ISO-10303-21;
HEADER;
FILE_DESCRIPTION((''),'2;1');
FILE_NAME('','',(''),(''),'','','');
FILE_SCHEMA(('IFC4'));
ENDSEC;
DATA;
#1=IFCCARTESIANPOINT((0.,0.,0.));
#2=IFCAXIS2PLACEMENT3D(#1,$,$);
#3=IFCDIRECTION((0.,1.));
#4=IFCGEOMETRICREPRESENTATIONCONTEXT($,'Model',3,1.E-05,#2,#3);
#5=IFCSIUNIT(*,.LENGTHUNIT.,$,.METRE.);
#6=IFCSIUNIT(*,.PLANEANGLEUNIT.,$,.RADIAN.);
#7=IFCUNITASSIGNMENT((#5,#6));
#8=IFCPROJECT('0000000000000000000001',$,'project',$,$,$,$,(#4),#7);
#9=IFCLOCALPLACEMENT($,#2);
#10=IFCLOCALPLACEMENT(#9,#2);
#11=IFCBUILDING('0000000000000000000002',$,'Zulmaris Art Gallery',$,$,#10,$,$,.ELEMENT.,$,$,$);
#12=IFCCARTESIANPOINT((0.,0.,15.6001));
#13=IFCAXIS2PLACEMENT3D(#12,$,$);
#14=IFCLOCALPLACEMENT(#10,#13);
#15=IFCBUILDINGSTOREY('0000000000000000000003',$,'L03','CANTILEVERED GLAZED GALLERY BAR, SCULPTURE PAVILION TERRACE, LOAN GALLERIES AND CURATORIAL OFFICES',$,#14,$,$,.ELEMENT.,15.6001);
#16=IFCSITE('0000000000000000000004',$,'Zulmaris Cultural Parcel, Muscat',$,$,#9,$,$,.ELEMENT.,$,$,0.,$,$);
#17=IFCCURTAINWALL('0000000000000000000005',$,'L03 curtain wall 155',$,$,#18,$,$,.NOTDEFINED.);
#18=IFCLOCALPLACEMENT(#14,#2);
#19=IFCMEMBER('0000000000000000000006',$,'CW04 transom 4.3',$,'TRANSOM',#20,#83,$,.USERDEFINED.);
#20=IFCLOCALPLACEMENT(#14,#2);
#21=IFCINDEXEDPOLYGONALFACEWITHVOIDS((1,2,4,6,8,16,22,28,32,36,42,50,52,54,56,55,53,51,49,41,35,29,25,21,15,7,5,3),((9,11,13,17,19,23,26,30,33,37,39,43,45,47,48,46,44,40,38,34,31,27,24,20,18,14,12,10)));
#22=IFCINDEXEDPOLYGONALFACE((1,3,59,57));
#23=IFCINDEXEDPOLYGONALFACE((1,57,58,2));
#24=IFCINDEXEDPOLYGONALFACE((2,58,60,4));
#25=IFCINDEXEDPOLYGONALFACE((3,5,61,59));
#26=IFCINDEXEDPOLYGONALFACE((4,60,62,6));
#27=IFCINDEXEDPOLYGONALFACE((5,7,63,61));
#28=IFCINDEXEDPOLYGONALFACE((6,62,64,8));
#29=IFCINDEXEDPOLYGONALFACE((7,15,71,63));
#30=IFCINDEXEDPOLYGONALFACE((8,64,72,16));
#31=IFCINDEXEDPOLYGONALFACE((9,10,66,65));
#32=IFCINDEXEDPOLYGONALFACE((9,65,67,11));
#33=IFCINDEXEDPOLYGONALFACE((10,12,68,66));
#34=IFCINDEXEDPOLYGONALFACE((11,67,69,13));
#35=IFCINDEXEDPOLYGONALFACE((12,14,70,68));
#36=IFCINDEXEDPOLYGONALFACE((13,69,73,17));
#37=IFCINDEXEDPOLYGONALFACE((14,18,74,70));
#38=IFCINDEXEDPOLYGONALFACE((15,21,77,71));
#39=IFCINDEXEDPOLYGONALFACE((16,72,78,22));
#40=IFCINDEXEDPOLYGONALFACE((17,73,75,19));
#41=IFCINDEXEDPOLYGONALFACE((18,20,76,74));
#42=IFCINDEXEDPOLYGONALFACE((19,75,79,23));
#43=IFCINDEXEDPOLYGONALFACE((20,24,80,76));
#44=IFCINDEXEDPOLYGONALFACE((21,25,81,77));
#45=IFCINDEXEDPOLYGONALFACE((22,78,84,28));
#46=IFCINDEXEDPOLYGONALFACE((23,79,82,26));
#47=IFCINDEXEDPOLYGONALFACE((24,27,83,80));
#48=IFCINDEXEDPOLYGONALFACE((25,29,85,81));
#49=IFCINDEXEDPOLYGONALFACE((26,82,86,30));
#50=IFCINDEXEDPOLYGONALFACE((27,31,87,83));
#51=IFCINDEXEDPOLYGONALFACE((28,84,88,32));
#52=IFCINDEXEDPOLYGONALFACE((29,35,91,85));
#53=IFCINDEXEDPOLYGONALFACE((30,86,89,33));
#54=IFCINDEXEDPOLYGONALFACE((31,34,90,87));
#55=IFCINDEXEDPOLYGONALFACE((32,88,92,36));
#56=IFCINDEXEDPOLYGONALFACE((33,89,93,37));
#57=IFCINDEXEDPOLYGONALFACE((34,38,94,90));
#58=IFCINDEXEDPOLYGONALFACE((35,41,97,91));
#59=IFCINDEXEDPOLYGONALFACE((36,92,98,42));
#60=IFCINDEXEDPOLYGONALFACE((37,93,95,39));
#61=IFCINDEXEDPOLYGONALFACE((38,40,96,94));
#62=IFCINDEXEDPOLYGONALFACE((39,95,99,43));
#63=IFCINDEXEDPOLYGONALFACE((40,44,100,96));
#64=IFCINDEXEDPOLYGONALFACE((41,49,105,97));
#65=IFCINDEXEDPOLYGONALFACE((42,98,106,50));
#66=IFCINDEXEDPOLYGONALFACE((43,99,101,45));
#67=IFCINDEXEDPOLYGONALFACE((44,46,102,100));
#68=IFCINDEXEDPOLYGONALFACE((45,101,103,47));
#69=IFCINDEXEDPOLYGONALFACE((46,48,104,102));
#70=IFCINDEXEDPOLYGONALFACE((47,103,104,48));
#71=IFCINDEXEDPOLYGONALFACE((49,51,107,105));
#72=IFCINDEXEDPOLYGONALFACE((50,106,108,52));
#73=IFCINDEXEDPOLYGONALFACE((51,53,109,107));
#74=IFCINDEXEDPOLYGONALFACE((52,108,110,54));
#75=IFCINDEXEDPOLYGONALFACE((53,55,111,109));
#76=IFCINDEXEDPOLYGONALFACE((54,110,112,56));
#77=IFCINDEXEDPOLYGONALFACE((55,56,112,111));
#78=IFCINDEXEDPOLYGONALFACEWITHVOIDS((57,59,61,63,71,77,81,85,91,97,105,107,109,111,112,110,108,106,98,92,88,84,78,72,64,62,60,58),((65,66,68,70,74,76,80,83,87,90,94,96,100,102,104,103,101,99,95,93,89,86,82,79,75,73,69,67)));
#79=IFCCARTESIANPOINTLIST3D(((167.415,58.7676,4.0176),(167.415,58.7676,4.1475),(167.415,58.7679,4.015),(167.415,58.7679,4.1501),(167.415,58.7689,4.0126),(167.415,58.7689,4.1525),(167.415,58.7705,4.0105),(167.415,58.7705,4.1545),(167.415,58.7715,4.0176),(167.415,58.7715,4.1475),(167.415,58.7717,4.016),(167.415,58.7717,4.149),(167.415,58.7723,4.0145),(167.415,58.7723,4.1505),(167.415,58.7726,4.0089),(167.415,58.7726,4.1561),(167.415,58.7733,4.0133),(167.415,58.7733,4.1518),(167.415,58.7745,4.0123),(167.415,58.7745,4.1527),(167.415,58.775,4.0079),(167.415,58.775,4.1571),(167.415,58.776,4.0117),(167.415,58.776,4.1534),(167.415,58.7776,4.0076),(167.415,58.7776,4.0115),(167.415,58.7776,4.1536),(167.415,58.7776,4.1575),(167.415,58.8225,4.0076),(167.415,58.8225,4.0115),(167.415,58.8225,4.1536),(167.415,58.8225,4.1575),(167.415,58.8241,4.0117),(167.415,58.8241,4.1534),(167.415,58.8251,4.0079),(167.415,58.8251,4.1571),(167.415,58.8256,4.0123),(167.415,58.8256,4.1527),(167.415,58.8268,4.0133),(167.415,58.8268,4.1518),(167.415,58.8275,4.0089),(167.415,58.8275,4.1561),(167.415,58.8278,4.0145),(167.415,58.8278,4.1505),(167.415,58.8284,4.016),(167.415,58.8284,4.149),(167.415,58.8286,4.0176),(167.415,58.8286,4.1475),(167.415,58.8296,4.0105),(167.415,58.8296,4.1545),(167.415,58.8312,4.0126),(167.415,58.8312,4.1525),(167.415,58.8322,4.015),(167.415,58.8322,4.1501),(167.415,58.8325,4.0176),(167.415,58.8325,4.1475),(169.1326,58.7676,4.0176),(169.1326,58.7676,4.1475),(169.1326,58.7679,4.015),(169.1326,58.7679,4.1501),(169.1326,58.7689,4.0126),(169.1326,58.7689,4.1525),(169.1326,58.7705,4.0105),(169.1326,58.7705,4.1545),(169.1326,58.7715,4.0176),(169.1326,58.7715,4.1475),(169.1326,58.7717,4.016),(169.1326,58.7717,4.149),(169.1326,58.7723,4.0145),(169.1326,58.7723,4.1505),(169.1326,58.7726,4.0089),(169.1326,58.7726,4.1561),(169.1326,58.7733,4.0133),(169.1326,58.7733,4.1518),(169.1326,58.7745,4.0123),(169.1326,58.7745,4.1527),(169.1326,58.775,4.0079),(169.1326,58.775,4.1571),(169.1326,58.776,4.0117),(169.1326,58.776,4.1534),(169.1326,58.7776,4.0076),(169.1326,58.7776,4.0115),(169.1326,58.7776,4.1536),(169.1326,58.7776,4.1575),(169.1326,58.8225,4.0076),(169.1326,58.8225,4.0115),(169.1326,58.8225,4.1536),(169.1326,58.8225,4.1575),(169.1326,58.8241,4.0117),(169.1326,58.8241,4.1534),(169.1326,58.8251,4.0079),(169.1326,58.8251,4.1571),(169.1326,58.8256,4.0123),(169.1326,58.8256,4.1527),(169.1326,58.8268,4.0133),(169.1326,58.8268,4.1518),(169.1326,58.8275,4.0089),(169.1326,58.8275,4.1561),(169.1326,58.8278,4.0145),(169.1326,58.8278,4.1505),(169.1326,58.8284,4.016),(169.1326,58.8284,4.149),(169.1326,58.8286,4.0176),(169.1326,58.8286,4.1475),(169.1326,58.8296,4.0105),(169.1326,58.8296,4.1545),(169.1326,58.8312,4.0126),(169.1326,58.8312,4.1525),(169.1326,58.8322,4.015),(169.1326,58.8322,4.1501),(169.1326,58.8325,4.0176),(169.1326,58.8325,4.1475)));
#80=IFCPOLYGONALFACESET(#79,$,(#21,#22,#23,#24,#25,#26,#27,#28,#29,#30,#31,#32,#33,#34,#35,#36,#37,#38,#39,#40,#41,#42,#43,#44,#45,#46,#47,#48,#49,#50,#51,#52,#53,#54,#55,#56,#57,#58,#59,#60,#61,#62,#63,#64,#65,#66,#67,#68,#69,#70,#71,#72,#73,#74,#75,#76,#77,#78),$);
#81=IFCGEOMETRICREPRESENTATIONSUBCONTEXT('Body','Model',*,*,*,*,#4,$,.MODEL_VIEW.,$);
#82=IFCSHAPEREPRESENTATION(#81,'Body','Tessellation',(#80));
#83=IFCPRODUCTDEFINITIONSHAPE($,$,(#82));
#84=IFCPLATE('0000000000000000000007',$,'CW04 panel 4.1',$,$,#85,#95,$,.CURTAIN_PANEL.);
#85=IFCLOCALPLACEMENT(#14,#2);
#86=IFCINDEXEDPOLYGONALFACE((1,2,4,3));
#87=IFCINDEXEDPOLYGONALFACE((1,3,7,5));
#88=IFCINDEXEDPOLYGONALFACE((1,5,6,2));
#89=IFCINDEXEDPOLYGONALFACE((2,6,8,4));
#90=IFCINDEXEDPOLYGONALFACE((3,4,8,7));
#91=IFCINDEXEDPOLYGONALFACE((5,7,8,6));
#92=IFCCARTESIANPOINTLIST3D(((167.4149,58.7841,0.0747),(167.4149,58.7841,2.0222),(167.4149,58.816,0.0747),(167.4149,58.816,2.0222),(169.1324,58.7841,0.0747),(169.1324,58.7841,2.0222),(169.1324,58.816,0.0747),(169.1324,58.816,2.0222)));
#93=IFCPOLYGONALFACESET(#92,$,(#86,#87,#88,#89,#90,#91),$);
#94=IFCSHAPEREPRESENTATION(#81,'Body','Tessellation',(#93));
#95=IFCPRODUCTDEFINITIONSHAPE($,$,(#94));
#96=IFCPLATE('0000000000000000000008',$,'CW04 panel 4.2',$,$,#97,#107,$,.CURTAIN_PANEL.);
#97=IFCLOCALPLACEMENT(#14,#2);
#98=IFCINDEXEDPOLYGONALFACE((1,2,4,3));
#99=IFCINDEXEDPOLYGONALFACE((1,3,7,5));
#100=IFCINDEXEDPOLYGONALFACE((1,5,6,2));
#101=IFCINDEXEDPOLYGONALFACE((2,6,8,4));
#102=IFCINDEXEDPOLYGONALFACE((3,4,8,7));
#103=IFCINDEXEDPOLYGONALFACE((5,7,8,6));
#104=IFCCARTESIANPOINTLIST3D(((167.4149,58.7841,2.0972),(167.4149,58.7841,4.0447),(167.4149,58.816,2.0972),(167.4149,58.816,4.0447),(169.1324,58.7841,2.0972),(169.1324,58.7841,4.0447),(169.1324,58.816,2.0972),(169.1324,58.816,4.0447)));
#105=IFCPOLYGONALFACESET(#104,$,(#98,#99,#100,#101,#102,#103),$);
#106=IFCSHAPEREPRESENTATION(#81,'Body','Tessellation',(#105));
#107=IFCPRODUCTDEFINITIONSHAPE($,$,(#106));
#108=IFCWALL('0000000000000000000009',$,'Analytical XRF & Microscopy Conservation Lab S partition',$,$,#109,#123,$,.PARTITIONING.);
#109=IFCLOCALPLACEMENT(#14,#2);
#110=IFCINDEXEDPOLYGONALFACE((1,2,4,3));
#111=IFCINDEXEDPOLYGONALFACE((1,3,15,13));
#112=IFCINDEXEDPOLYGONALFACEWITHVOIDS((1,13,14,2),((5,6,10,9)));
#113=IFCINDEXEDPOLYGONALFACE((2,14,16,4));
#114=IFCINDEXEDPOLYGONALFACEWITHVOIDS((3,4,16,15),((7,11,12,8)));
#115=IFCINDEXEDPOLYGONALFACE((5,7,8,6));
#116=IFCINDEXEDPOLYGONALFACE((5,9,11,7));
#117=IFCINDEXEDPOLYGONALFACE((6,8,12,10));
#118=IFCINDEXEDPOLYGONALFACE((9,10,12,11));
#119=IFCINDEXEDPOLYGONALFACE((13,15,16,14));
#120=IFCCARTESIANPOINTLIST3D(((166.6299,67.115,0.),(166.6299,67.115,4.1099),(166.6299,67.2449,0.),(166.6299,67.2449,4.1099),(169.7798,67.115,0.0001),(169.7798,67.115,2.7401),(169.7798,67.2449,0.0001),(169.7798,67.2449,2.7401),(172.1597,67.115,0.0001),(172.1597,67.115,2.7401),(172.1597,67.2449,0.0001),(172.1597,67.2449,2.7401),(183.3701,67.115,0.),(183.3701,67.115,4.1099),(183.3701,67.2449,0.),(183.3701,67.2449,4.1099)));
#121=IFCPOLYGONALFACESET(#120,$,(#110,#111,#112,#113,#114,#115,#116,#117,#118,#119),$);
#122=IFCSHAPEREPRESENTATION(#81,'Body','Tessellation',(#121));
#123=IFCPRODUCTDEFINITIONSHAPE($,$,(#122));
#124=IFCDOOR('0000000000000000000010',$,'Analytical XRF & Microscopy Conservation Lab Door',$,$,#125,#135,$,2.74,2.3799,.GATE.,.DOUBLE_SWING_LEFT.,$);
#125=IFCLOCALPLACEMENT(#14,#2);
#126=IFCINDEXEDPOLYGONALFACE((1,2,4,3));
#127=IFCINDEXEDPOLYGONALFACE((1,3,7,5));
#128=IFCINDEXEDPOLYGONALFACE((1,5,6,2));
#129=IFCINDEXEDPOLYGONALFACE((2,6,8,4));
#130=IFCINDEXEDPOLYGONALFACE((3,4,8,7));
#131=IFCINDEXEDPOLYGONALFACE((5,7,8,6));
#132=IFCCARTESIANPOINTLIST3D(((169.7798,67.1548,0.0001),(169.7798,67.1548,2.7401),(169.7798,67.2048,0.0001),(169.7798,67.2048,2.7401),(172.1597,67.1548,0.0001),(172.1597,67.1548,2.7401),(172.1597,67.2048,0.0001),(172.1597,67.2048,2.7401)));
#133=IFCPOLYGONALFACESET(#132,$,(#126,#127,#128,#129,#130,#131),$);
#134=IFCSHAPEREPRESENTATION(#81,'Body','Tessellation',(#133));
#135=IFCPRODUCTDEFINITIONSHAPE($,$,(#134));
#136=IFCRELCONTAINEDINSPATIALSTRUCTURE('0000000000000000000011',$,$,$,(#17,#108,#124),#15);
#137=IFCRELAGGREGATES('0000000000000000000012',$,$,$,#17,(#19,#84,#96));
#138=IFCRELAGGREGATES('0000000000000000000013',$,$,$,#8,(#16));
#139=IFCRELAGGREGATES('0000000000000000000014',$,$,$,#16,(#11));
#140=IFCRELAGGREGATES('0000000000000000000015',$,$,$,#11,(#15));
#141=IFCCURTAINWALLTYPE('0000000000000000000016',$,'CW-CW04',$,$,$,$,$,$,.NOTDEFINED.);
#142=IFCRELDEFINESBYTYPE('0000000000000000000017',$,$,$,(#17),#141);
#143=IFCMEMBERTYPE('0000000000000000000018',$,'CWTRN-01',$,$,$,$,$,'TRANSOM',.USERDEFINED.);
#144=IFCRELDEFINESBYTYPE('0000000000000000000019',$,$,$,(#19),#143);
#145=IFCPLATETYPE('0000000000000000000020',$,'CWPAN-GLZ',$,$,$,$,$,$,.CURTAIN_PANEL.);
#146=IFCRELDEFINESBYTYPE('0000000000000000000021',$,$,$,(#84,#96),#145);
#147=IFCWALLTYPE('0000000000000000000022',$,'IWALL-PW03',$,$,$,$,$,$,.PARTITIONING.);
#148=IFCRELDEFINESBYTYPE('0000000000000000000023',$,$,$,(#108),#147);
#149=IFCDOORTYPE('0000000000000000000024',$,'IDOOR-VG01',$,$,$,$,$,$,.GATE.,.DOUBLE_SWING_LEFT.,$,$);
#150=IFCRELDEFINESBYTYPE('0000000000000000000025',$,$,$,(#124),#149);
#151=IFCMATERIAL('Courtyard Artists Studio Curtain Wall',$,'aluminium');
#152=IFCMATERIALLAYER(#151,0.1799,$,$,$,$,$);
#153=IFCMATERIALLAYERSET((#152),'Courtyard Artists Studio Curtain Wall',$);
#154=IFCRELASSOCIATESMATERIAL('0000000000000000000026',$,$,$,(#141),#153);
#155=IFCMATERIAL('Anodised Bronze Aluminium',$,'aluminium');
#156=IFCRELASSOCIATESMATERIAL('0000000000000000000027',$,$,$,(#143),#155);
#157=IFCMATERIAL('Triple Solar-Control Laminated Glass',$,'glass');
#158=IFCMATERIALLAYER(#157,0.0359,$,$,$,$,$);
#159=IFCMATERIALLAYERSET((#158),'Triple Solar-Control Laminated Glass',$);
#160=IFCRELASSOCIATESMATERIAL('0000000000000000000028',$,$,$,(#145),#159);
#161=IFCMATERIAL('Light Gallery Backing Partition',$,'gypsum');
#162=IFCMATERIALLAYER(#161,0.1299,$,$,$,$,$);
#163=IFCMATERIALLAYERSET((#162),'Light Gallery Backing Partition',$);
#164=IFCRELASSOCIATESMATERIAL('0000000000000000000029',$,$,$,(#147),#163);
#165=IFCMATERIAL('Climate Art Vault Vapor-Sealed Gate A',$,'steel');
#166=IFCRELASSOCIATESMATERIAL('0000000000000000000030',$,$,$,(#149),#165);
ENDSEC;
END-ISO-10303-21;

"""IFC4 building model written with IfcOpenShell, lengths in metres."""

from ifc_helpers import new_model, si_unit, direction, frame, frame_2d, origin, origin_2d, place, context, subcontext, project, spatial, rectangle, hollow_rectangle, extrude, material, layer, layer_set, material_profile, profile_set, type_object, element, fill, aggregate, save


model = new_model("IFC4")

# Units and contexts
model_context = context("Model", 3, precision=1e-05, world=origin(), true_north=direction((0.0, 1.0)))
body_context = subcontext(model_context, "Body", "Model", "MODEL_VIEW")
ifc_project = project(units=[si_unit("LENGTHUNIT", "METRE"), si_unit("PLANEANGLEUNIT", "RADIAN")], contexts=[model_context])

# Site, building, storey
site_placement = place(None, origin())
site = spatial("IfcSite", under=ifc_project, at=site_placement, Name="Zulmaris Cultural Parcel, Muscat", CompositionType="ELEMENT", RefElevation=0.0)
building_placement = place(site_placement, origin())
building = spatial("IfcBuilding", under=site, at=building_placement, Name="Zulmaris Art Gallery", CompositionType="ELEMENT")
storey_placement = place(building_placement, frame((0.0, 0.0, 15.6001)))
storey = spatial("IfcBuildingStorey", under=building, at=storey_placement, Name="L03", Description="CANTILEVERED GLAZED GALLERY BAR, SCULPTURE PAVILION TERRACE, LOAN GALLERIES AND CURATORIAL OFFICES", CompositionType="ELEMENT", Elevation=15.6001)

# Shared definitions
ifc_material_1 = material(Name="Courtyard Artists Studio Curtain Wall", Category="aluminium")
ifc_layer_1 = layer(ifc_material_1, 0.1799)
ifc_layer_set_1 = layer_set([ifc_layer_1], Name="Courtyard Artists Studio Curtain Wall")
curtain_wall_type = type_object("IfcCurtainWallType", Name="CW-CW04", PredefinedType="NOTDEFINED", material=ifc_layer_set_1)
ifc_material_2 = material(Name="Anodised Bronze Aluminium", Category="aluminium")

# Curtain wall, member, plates
curtain_wall_1_placement = place(storey_placement, origin())
curtain_wall_1 = element("IfcCurtainWall", 1, at=curtain_wall_1_placement, inside=storey, type_object=curtain_wall_type, Name="L03 curtain wall 155", PredefinedType="NOTDEFINED")
ifc_material_profile_1 = material_profile(ifc_material_2, hollow_rectangle(XDim=0.0649, YDim=0.1499, WallThickness=0.0039, InnerFilletRadius=0.0061, OuterFilletRadius=0.01, at=origin_2d()), Name="ALU 65x150x4")
ifc_profile_set_1 = profile_set([ifc_material_profile_1], Name="Anodised Bronze Aluminium")
member_type_1 = type_object("IfcMemberType", Name="CWTRN-01", ElementType="TRANSOM", PredefinedType="USERDEFINED", material=ifc_profile_set_1)
member_1_placement = place(storey_placement, frame((169.1326, 58.8, 4.0825), z_axis=(-1.0, 0.0, 0.0), x_axis=(0.0, -1.0, 0.0)))
member_1 = element("IfcMember", 2, at=member_1_placement, type_object=member_type_1, Name="CW04 transom 4.3", ObjectType="TRANSOM", PredefinedType="USERDEFINED", context=body_context, shape_type="SweptSolid", body=[
    extrude(hollow_rectangle(XDim=0.0649, YDim=0.1499, WallThickness=0.0039, InnerFilletRadius=0.0061, OuterFilletRadius=0.01, at=origin_2d()), origin(), (0.0, 0.0, 1.0), 1.7175),
])
ifc_material_3 = material(Name="Triple Solar-Control Laminated Glass", Category="glass")
ifc_layer_2 = layer(ifc_material_3, 0.0359)
ifc_layer_set_2 = layer_set([ifc_layer_2], Name="Triple Solar-Control Laminated Glass")
plate_type = type_object("IfcPlateType", Name="CWPAN-GLZ", PredefinedType="CURTAIN_PANEL", material=ifc_layer_set_2)
plate_1_placement = place(storey_placement, frame((168.2737, 58.8, 0.0747), z_axis=(0.0, 0.0, 1.0), x_axis=(-1.0, 0.0, 0.0)))
plate_1 = element("IfcPlate", 3, at=plate_1_placement, type_object=plate_type, Name="CW04 panel 4.1", PredefinedType="CURTAIN_PANEL", context=body_context, shape_type="SweptSolid", body=[
    extrude(rectangle(XDim=1.7175, YDim=0.032, at=origin_2d()), origin(), (0.0, 0.0, 1.0), 1.9475),
])
plate_2_placement = place(storey_placement, frame((168.2737, 58.8, 2.0972), z_axis=(0.0, 0.0, 1.0), x_axis=(-1.0, 0.0, 0.0)))
plate_2 = element("IfcPlate", 4, at=plate_2_placement, type_object=plate_type, Name="CW04 panel 4.2", PredefinedType="CURTAIN_PANEL", context=body_context, shape_type="SweptSolid", body=[
    extrude(rectangle(XDim=1.7175, YDim=0.032, at=origin_2d()), origin(), (0.0, 0.0, 1.0), 1.9475),
])
aggregate(curtain_wall_1, [member_1, plate_1, plate_2])

# Wall, opening, door
ifc_material_4 = material(Name="Light Gallery Backing Partition", Category="gypsum")
ifc_layer_3 = layer(ifc_material_4, 0.1299)
ifc_layer_set_3 = layer_set([ifc_layer_3], Name="Light Gallery Backing Partition")
wall_type = type_object("IfcWallType", Name="IWALL-PW03", PredefinedType="PARTITIONING", material=ifc_layer_set_3)
wall_placement = place(storey_placement, frame((166.6299, 67.1799, 0.0), z_axis=(0.0, 0.0, 1.0), x_axis=(1.0, 0.0, 0.0)))
wall = element("IfcWall", 5, at=wall_placement, inside=storey, type_object=wall_type, Name="Analytical XRF & Microscopy Conservation Lab S partition", PredefinedType="PARTITIONING", context=body_context, shape_type="SweptSolid", body=[
    extrude(rectangle(XDim=16.7402, YDim=0.1299, at=frame_2d((8.3701, 0.0))), origin(), (0.0, 0.0, 1.0), 4.1099),
])
opening_placement = place(wall_placement, frame((3.1499, 0.0, 0.0)))
opening = element("IfcOpeningElement", 6, at=opening_placement, cuts=wall, PredefinedType="OPENING", context=body_context, shape_type="SweptSolid", body=[
    extrude(rectangle(XDim=2.3799, YDim=2.74, at=frame_2d((1.1899, 1.3701))), frame((0.0, 0.075, 0.0), z_axis=(0.0, -1.0, 0.0), x_axis=(1.0, 0.0, 0.0)), (0.0, 0.0, 1.0), 0.1499),
])
ifc_material_5 = material(Name="Climate Art Vault Vapor-Sealed Gate A", Category="steel")
door_type = type_object("IfcDoorType", Name="IDOOR-VG01", OperationType="DOUBLE_SWING_LEFT", PredefinedType="GATE", material=ifc_material_5)
door_placement = place(opening_placement, origin())
door = element("IfcDoor", 7, at=door_placement, inside=storey, type_object=door_type, Name="Analytical XRF & Microscopy Conservation Lab Door", OperationType="DOUBLE_SWING_LEFT", OverallHeight=2.74, OverallWidth=2.3799, PredefinedType="GATE", context=body_context, shape_type="SweptSolid", body=[
    extrude(rectangle(XDim=2.3799, YDim=2.74, at=frame_2d((1.1899, 1.3701))), frame((0.0, 0.0249, 0.0), z_axis=(0.0, -1.0, 0.0), x_axis=(1.0, 0.0, 0.0)), (0.0, 0.0, 1.0), 0.05),
])
fill(opening, door)

save(model, "model.ifc")
